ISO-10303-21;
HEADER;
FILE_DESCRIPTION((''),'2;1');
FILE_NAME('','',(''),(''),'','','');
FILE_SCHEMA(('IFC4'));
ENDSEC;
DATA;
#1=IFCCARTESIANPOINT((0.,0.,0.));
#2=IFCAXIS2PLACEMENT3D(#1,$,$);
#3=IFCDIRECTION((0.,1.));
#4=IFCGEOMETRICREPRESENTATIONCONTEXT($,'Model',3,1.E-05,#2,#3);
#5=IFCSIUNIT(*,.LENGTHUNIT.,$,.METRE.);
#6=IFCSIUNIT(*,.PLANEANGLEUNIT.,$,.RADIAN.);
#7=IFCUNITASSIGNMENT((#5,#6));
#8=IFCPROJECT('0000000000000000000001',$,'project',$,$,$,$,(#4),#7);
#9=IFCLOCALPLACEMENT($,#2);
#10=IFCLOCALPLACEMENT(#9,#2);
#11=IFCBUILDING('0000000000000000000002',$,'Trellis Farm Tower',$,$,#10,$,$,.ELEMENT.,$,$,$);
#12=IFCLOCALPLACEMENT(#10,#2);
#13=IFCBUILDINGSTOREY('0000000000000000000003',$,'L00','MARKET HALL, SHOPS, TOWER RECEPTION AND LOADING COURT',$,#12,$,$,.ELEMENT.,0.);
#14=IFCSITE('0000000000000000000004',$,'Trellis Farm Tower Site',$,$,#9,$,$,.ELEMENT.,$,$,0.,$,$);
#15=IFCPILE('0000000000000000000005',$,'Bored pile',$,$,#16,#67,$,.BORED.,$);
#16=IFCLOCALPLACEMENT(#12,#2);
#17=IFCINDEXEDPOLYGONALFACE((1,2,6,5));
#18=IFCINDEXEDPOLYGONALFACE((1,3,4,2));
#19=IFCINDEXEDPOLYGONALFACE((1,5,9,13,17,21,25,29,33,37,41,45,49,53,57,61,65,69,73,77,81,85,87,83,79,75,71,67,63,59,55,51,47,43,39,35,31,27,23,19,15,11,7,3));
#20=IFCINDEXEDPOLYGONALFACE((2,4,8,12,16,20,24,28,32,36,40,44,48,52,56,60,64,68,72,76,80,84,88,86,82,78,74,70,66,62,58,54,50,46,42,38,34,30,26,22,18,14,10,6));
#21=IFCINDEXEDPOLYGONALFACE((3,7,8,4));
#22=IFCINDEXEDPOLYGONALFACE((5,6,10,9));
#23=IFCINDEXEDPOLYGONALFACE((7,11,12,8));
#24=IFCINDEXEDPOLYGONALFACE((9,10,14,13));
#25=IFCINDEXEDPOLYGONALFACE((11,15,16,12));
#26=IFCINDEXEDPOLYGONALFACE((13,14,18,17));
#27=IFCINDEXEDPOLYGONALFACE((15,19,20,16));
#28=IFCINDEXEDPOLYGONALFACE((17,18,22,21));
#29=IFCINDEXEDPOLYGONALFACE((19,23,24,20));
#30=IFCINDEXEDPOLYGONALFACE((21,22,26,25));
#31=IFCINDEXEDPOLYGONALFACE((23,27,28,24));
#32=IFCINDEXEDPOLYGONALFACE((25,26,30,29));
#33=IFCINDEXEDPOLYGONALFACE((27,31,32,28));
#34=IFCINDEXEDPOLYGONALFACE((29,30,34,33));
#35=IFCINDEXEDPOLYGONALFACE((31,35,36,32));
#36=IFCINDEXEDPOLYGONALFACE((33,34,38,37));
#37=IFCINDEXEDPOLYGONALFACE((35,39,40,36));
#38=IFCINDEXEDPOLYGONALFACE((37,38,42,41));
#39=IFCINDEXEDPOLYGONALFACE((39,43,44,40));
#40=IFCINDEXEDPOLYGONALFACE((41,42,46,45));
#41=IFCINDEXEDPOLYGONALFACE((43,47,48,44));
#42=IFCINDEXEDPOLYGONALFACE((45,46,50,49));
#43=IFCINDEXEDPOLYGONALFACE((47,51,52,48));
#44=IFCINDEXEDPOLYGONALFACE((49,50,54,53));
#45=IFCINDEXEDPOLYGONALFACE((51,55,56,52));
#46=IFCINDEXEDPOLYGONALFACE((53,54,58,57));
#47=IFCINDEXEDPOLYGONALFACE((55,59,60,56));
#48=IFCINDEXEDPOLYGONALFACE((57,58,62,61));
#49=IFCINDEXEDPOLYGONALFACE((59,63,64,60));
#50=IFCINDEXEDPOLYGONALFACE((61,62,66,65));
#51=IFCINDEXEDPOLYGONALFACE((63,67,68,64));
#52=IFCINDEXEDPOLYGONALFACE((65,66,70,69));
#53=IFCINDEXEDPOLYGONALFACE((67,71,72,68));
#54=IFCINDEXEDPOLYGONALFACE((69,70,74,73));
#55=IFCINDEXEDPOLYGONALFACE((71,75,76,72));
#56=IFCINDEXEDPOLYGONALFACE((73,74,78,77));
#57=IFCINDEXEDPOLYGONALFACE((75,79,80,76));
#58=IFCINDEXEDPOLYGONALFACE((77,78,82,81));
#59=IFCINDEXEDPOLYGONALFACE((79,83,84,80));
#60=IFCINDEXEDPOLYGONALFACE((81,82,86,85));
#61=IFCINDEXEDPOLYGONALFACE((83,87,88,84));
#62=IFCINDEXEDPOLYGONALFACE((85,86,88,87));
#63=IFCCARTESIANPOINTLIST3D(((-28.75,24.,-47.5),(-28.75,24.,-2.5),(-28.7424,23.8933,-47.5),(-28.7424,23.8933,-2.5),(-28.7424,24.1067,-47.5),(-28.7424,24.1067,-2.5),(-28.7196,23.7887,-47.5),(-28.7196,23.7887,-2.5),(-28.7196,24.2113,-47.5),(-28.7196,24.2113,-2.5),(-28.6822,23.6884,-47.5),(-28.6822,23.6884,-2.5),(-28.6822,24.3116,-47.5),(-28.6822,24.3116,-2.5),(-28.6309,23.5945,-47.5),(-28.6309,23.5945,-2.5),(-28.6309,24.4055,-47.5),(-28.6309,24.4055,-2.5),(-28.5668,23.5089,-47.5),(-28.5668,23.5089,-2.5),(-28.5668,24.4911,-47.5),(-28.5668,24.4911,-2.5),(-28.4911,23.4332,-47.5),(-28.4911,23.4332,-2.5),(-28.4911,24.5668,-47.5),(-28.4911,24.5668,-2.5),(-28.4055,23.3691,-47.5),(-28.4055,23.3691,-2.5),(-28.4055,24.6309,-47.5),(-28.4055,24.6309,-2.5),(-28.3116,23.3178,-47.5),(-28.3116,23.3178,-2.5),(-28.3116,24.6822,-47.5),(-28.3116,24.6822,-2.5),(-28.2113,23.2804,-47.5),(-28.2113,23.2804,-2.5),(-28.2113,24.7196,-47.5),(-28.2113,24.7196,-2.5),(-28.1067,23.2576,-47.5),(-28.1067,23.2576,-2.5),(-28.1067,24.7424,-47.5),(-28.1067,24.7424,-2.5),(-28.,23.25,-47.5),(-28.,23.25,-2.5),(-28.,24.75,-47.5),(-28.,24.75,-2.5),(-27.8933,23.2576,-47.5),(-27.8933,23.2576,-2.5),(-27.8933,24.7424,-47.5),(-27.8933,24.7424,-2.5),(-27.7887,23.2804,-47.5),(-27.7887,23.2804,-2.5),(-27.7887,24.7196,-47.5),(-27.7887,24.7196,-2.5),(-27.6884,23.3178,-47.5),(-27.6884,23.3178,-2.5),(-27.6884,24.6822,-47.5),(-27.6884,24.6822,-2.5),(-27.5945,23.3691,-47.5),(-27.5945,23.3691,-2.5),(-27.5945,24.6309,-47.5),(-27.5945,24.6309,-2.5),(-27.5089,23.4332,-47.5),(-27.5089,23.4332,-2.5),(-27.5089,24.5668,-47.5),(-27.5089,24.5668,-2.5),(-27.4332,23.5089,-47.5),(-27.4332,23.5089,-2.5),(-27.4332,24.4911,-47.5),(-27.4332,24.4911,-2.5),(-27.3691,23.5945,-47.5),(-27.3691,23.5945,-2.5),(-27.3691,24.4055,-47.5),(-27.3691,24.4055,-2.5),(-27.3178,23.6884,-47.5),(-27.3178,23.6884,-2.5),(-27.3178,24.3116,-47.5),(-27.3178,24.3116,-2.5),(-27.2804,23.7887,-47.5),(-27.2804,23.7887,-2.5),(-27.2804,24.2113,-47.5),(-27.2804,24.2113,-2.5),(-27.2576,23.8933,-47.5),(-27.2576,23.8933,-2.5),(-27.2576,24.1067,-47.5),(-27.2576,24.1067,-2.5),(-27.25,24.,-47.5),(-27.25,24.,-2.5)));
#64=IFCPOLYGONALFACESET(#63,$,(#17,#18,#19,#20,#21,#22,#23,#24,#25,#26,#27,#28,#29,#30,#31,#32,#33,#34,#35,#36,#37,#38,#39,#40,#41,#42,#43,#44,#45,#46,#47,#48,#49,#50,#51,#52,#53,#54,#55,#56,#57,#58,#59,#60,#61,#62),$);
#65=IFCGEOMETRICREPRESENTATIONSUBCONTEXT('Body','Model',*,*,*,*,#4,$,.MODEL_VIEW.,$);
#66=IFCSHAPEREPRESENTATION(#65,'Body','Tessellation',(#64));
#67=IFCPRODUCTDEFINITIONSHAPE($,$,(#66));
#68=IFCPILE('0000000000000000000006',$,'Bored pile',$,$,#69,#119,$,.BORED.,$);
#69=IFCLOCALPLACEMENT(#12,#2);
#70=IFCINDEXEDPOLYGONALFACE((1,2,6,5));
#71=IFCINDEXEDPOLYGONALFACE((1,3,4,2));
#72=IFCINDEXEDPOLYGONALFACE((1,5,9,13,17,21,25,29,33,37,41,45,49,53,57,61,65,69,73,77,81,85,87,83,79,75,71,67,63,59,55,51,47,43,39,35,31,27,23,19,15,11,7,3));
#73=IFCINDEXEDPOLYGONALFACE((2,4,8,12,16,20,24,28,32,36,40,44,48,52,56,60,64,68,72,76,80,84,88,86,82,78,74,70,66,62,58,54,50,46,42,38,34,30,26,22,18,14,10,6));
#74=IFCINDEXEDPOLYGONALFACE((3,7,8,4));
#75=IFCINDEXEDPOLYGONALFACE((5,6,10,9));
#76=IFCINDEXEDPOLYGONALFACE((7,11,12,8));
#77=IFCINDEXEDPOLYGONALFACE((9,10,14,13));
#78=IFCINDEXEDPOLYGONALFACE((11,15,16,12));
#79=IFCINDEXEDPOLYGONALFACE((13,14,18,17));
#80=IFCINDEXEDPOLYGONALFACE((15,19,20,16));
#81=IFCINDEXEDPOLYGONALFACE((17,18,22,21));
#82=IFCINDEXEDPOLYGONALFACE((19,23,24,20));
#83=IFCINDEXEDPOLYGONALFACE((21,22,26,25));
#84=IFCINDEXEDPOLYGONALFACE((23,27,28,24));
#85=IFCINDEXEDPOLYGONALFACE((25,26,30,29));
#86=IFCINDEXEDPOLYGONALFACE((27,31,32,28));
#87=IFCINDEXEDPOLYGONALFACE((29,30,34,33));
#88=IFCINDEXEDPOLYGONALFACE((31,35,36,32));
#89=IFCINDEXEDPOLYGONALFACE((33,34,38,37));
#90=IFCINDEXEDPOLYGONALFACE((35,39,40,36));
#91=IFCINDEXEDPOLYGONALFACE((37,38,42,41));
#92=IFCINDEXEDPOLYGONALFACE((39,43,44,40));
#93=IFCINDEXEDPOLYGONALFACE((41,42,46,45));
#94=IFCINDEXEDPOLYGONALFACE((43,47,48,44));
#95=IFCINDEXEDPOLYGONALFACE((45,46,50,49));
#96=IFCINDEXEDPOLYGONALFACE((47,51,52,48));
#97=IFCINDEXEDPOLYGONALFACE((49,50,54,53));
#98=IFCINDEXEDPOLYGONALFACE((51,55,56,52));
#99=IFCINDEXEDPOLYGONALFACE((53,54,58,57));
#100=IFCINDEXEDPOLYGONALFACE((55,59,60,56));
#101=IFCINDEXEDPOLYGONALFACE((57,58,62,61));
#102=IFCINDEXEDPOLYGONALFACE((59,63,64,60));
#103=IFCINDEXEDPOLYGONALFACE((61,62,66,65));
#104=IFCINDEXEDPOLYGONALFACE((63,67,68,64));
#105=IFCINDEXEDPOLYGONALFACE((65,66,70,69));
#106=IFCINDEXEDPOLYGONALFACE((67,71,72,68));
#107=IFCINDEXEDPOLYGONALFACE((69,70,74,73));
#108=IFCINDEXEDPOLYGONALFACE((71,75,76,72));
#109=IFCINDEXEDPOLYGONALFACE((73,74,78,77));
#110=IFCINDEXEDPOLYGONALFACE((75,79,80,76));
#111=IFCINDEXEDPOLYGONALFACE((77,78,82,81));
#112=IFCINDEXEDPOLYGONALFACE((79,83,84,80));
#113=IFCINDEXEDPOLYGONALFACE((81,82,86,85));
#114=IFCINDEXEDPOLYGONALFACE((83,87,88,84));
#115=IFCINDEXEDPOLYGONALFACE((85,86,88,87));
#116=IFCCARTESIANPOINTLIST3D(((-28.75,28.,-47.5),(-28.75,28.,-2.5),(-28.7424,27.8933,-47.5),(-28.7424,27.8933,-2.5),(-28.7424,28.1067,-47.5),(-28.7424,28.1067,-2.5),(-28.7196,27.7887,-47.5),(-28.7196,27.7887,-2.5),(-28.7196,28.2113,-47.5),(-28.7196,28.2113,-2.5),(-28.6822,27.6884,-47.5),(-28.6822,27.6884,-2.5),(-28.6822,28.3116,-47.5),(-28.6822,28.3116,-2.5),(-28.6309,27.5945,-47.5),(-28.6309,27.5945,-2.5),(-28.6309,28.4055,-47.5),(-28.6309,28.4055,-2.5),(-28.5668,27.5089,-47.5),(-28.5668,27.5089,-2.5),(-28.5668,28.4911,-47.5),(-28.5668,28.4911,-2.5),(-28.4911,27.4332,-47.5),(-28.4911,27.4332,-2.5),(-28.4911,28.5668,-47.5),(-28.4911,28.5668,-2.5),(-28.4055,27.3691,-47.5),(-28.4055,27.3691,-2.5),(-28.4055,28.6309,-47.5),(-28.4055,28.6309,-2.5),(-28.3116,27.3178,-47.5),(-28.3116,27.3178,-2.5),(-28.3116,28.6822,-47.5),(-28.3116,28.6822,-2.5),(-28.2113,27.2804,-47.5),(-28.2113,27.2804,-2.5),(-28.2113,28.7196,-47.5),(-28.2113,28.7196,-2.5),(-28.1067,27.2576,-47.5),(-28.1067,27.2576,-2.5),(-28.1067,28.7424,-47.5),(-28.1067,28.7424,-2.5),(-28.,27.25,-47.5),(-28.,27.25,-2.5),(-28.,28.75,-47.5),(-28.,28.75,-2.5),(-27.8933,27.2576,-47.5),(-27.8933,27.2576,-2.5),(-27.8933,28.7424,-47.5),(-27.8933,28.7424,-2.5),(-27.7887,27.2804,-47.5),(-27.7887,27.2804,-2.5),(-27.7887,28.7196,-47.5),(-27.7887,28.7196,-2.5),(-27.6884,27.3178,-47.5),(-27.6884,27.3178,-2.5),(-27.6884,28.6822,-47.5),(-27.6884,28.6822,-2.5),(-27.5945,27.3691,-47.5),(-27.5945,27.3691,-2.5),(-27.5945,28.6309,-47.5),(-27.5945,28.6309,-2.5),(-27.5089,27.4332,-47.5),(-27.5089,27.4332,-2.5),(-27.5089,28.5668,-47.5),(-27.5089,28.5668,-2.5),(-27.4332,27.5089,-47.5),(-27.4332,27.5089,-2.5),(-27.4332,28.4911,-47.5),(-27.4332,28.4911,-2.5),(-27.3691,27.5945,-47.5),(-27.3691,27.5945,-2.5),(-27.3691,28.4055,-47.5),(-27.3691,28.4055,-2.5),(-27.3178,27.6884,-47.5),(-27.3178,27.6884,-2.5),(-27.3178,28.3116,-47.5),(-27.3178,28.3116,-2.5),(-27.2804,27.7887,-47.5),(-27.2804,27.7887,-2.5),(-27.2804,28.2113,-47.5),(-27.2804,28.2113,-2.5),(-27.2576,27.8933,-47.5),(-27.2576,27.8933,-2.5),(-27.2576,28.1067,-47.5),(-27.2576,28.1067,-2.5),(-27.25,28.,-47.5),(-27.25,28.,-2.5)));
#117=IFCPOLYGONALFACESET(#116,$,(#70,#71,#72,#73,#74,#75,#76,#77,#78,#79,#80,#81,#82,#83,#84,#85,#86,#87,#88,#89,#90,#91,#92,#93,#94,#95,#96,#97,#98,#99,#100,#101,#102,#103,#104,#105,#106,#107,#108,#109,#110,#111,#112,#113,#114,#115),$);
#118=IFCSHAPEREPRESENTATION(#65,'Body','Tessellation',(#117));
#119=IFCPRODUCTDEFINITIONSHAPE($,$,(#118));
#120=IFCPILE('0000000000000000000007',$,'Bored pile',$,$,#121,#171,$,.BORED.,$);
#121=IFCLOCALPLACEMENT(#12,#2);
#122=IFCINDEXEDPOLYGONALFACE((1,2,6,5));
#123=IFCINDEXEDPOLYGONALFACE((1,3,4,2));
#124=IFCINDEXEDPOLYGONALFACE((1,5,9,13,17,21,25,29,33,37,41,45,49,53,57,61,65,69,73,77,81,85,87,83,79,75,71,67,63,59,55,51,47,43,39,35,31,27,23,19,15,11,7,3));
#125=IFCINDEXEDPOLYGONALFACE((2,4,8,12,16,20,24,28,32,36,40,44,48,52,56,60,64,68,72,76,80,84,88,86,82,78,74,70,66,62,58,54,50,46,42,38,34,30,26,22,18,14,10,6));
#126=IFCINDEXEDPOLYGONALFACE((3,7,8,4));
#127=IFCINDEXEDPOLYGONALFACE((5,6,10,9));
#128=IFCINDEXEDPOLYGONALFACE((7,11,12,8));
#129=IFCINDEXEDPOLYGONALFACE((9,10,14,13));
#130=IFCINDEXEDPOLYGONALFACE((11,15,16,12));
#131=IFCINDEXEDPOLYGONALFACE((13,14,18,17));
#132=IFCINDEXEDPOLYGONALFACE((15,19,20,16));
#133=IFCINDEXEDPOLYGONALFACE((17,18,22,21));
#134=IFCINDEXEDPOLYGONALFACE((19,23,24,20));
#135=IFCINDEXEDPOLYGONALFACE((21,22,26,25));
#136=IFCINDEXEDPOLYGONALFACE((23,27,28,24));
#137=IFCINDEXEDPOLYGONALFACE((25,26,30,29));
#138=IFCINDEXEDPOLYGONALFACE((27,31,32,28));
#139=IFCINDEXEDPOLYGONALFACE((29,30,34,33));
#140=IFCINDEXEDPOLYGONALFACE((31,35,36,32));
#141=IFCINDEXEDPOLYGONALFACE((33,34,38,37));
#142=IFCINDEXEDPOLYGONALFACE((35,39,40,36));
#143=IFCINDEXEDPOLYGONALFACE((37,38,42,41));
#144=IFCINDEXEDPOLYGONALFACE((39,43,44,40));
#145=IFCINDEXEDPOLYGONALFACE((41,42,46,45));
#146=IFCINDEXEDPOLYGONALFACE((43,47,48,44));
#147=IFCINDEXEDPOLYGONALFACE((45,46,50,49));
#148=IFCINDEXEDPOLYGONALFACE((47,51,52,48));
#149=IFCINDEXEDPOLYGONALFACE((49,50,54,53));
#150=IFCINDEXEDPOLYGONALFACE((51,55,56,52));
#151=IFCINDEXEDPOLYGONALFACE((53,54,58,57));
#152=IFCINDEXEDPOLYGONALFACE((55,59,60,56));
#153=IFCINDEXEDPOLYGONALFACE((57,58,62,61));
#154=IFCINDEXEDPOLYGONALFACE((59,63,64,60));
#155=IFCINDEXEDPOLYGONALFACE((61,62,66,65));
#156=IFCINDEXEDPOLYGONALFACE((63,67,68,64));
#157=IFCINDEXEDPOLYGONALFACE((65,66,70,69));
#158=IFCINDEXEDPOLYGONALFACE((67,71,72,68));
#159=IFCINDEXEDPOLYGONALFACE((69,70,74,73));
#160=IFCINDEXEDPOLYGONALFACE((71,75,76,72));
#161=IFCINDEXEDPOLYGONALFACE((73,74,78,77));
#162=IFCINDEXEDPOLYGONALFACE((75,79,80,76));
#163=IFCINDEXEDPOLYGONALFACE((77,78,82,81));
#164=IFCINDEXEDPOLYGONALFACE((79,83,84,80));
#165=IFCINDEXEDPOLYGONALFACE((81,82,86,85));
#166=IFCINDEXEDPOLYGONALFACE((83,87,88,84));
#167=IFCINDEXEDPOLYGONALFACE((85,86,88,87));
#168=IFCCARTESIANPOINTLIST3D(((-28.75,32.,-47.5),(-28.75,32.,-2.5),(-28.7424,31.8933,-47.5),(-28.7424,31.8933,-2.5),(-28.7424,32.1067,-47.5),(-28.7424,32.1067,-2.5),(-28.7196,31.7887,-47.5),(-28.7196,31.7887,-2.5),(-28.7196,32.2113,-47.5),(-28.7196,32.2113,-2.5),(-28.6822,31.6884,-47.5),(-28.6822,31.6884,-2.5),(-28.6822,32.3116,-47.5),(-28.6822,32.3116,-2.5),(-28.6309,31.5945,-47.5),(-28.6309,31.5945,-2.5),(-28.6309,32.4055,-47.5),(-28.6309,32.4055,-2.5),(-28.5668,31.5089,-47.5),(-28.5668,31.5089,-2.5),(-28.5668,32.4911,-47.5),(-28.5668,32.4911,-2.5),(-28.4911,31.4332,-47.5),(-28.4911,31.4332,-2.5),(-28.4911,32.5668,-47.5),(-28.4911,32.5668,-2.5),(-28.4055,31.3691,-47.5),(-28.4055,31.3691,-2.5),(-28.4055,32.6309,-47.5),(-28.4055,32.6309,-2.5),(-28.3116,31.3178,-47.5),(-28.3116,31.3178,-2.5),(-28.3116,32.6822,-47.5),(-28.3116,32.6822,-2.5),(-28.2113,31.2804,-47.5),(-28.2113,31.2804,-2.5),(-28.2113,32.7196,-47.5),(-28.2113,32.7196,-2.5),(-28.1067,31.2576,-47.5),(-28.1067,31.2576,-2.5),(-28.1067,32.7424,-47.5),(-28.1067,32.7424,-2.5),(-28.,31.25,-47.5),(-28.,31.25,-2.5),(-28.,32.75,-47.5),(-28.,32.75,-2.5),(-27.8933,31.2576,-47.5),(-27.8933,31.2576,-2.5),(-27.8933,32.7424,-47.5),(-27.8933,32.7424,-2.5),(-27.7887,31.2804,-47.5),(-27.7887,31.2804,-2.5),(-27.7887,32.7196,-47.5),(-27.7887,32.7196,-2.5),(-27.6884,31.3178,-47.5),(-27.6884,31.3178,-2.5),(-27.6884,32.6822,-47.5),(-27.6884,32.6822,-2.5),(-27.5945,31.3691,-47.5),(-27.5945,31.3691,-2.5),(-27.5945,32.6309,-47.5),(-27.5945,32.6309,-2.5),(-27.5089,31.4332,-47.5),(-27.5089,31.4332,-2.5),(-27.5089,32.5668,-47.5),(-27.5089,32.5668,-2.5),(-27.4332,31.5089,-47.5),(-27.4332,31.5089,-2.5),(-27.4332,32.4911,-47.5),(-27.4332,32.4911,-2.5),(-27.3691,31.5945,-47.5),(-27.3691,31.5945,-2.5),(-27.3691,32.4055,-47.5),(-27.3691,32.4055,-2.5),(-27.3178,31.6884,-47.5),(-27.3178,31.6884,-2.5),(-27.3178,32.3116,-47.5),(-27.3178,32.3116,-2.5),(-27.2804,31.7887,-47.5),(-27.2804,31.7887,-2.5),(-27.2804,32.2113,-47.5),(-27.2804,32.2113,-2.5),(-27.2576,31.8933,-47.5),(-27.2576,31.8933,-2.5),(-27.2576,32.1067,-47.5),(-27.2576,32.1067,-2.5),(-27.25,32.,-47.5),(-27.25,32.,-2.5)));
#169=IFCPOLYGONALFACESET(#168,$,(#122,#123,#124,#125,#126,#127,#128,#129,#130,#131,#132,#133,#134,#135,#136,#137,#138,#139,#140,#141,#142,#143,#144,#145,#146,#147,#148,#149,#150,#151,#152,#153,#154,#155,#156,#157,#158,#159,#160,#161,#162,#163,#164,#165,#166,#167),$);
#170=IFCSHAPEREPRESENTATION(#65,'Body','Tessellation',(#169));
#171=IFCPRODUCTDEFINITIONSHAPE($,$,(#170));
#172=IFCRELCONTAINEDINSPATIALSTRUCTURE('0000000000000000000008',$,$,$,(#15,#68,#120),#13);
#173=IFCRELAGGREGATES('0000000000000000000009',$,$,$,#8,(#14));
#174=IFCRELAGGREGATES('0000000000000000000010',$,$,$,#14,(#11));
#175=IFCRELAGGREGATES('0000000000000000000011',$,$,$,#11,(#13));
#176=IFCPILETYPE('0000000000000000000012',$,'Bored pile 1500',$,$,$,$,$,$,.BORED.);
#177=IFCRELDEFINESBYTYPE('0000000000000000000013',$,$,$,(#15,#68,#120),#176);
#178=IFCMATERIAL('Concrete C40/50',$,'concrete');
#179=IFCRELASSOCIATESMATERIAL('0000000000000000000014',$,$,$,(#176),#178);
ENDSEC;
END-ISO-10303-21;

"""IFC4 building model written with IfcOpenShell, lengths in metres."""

from ifc_helpers import new_model, si_unit, direction, frame, origin, origin_2d, place, context, subcontext, project, spatial, circle, extrude, source, transform, mapped, material, material_profile, profile_set, type_object, element, save


model = new_model("IFC4")

# Units and contexts
model_context = context("Model", 3, precision=1e-05, world=origin(), true_north=direction((0.0, 1.0)))
body_context = subcontext(model_context, "Body", "Model", "MODEL_VIEW")
ifc_project = project(units=[si_unit("LENGTHUNIT", "METRE"), si_unit("PLANEANGLEUNIT", "RADIAN")], contexts=[model_context])

# Site, building, storey
site_placement = place(None, origin())
site = spatial("IfcSite", under=ifc_project, at=site_placement, Name="Trellis Farm Tower Site", CompositionType="ELEMENT", RefElevation=0.0)
building_placement = place(site_placement, origin())
building = spatial("IfcBuilding", under=site, at=building_placement, Name="Trellis Farm Tower", CompositionType="ELEMENT")
storey_placement = place(building_placement, origin())
storey = spatial("IfcBuildingStorey", under=building, at=storey_placement, Name="L00", Description="MARKET HALL, SHOPS, TOWER RECEPTION AND LOADING COURT", CompositionType="ELEMENT", Elevation=0.0)

# Piles
ifc_material_1 = material(Name="Concrete C40/50", Category="concrete")
ifc_material_profile_1 = material_profile(ifc_material_1, circle(Radius=0.75, at=origin_2d()), Name="Bored pile 1500")
ifc_profile_set_1 = profile_set([ifc_material_profile_1], Name="Concrete C40/50")
pile_type = type_object("IfcPileType", Name="Bored pile 1500", PredefinedType="BORED", material=ifc_profile_set_1)
shared_shape_1 = source(origin(), body_context, "Body", "SweptSolid", [
    extrude(circle(Radius=0.75, at=origin_2d()), origin(), (0.0, 0.0, 1.0), 45.0),
])
for number, where, z_axis, x_axis, name in (
    (1, (-28.0, 24.0, -2.5), (0.0, 0.0, -1.0), (1.0, 0.0, 0.0), "Bored pile"),
    (2, (-28.0, 28.0, -2.5), (0.0, 0.0, -1.0), (1.0, 0.0, 0.0), "Bored pile"),
    (3, (-28.0, 32.0, -2.5), (0.0, 0.0, -1.0), (1.0, 0.0, 0.0), "Bored pile"),
):
    element("IfcPile", number, at=place(storey_placement, frame(where, z_axis=z_axis, x_axis=x_axis)), inside=storey, type_object=pile_type, Name=name, PredefinedType="BORED", context=body_context, shape_type="MappedRepresentation", body=[
        mapped(shared_shape_1, transform((0.0, 0.0, 0.0))),
    ])

save(model, "model.ifc")
